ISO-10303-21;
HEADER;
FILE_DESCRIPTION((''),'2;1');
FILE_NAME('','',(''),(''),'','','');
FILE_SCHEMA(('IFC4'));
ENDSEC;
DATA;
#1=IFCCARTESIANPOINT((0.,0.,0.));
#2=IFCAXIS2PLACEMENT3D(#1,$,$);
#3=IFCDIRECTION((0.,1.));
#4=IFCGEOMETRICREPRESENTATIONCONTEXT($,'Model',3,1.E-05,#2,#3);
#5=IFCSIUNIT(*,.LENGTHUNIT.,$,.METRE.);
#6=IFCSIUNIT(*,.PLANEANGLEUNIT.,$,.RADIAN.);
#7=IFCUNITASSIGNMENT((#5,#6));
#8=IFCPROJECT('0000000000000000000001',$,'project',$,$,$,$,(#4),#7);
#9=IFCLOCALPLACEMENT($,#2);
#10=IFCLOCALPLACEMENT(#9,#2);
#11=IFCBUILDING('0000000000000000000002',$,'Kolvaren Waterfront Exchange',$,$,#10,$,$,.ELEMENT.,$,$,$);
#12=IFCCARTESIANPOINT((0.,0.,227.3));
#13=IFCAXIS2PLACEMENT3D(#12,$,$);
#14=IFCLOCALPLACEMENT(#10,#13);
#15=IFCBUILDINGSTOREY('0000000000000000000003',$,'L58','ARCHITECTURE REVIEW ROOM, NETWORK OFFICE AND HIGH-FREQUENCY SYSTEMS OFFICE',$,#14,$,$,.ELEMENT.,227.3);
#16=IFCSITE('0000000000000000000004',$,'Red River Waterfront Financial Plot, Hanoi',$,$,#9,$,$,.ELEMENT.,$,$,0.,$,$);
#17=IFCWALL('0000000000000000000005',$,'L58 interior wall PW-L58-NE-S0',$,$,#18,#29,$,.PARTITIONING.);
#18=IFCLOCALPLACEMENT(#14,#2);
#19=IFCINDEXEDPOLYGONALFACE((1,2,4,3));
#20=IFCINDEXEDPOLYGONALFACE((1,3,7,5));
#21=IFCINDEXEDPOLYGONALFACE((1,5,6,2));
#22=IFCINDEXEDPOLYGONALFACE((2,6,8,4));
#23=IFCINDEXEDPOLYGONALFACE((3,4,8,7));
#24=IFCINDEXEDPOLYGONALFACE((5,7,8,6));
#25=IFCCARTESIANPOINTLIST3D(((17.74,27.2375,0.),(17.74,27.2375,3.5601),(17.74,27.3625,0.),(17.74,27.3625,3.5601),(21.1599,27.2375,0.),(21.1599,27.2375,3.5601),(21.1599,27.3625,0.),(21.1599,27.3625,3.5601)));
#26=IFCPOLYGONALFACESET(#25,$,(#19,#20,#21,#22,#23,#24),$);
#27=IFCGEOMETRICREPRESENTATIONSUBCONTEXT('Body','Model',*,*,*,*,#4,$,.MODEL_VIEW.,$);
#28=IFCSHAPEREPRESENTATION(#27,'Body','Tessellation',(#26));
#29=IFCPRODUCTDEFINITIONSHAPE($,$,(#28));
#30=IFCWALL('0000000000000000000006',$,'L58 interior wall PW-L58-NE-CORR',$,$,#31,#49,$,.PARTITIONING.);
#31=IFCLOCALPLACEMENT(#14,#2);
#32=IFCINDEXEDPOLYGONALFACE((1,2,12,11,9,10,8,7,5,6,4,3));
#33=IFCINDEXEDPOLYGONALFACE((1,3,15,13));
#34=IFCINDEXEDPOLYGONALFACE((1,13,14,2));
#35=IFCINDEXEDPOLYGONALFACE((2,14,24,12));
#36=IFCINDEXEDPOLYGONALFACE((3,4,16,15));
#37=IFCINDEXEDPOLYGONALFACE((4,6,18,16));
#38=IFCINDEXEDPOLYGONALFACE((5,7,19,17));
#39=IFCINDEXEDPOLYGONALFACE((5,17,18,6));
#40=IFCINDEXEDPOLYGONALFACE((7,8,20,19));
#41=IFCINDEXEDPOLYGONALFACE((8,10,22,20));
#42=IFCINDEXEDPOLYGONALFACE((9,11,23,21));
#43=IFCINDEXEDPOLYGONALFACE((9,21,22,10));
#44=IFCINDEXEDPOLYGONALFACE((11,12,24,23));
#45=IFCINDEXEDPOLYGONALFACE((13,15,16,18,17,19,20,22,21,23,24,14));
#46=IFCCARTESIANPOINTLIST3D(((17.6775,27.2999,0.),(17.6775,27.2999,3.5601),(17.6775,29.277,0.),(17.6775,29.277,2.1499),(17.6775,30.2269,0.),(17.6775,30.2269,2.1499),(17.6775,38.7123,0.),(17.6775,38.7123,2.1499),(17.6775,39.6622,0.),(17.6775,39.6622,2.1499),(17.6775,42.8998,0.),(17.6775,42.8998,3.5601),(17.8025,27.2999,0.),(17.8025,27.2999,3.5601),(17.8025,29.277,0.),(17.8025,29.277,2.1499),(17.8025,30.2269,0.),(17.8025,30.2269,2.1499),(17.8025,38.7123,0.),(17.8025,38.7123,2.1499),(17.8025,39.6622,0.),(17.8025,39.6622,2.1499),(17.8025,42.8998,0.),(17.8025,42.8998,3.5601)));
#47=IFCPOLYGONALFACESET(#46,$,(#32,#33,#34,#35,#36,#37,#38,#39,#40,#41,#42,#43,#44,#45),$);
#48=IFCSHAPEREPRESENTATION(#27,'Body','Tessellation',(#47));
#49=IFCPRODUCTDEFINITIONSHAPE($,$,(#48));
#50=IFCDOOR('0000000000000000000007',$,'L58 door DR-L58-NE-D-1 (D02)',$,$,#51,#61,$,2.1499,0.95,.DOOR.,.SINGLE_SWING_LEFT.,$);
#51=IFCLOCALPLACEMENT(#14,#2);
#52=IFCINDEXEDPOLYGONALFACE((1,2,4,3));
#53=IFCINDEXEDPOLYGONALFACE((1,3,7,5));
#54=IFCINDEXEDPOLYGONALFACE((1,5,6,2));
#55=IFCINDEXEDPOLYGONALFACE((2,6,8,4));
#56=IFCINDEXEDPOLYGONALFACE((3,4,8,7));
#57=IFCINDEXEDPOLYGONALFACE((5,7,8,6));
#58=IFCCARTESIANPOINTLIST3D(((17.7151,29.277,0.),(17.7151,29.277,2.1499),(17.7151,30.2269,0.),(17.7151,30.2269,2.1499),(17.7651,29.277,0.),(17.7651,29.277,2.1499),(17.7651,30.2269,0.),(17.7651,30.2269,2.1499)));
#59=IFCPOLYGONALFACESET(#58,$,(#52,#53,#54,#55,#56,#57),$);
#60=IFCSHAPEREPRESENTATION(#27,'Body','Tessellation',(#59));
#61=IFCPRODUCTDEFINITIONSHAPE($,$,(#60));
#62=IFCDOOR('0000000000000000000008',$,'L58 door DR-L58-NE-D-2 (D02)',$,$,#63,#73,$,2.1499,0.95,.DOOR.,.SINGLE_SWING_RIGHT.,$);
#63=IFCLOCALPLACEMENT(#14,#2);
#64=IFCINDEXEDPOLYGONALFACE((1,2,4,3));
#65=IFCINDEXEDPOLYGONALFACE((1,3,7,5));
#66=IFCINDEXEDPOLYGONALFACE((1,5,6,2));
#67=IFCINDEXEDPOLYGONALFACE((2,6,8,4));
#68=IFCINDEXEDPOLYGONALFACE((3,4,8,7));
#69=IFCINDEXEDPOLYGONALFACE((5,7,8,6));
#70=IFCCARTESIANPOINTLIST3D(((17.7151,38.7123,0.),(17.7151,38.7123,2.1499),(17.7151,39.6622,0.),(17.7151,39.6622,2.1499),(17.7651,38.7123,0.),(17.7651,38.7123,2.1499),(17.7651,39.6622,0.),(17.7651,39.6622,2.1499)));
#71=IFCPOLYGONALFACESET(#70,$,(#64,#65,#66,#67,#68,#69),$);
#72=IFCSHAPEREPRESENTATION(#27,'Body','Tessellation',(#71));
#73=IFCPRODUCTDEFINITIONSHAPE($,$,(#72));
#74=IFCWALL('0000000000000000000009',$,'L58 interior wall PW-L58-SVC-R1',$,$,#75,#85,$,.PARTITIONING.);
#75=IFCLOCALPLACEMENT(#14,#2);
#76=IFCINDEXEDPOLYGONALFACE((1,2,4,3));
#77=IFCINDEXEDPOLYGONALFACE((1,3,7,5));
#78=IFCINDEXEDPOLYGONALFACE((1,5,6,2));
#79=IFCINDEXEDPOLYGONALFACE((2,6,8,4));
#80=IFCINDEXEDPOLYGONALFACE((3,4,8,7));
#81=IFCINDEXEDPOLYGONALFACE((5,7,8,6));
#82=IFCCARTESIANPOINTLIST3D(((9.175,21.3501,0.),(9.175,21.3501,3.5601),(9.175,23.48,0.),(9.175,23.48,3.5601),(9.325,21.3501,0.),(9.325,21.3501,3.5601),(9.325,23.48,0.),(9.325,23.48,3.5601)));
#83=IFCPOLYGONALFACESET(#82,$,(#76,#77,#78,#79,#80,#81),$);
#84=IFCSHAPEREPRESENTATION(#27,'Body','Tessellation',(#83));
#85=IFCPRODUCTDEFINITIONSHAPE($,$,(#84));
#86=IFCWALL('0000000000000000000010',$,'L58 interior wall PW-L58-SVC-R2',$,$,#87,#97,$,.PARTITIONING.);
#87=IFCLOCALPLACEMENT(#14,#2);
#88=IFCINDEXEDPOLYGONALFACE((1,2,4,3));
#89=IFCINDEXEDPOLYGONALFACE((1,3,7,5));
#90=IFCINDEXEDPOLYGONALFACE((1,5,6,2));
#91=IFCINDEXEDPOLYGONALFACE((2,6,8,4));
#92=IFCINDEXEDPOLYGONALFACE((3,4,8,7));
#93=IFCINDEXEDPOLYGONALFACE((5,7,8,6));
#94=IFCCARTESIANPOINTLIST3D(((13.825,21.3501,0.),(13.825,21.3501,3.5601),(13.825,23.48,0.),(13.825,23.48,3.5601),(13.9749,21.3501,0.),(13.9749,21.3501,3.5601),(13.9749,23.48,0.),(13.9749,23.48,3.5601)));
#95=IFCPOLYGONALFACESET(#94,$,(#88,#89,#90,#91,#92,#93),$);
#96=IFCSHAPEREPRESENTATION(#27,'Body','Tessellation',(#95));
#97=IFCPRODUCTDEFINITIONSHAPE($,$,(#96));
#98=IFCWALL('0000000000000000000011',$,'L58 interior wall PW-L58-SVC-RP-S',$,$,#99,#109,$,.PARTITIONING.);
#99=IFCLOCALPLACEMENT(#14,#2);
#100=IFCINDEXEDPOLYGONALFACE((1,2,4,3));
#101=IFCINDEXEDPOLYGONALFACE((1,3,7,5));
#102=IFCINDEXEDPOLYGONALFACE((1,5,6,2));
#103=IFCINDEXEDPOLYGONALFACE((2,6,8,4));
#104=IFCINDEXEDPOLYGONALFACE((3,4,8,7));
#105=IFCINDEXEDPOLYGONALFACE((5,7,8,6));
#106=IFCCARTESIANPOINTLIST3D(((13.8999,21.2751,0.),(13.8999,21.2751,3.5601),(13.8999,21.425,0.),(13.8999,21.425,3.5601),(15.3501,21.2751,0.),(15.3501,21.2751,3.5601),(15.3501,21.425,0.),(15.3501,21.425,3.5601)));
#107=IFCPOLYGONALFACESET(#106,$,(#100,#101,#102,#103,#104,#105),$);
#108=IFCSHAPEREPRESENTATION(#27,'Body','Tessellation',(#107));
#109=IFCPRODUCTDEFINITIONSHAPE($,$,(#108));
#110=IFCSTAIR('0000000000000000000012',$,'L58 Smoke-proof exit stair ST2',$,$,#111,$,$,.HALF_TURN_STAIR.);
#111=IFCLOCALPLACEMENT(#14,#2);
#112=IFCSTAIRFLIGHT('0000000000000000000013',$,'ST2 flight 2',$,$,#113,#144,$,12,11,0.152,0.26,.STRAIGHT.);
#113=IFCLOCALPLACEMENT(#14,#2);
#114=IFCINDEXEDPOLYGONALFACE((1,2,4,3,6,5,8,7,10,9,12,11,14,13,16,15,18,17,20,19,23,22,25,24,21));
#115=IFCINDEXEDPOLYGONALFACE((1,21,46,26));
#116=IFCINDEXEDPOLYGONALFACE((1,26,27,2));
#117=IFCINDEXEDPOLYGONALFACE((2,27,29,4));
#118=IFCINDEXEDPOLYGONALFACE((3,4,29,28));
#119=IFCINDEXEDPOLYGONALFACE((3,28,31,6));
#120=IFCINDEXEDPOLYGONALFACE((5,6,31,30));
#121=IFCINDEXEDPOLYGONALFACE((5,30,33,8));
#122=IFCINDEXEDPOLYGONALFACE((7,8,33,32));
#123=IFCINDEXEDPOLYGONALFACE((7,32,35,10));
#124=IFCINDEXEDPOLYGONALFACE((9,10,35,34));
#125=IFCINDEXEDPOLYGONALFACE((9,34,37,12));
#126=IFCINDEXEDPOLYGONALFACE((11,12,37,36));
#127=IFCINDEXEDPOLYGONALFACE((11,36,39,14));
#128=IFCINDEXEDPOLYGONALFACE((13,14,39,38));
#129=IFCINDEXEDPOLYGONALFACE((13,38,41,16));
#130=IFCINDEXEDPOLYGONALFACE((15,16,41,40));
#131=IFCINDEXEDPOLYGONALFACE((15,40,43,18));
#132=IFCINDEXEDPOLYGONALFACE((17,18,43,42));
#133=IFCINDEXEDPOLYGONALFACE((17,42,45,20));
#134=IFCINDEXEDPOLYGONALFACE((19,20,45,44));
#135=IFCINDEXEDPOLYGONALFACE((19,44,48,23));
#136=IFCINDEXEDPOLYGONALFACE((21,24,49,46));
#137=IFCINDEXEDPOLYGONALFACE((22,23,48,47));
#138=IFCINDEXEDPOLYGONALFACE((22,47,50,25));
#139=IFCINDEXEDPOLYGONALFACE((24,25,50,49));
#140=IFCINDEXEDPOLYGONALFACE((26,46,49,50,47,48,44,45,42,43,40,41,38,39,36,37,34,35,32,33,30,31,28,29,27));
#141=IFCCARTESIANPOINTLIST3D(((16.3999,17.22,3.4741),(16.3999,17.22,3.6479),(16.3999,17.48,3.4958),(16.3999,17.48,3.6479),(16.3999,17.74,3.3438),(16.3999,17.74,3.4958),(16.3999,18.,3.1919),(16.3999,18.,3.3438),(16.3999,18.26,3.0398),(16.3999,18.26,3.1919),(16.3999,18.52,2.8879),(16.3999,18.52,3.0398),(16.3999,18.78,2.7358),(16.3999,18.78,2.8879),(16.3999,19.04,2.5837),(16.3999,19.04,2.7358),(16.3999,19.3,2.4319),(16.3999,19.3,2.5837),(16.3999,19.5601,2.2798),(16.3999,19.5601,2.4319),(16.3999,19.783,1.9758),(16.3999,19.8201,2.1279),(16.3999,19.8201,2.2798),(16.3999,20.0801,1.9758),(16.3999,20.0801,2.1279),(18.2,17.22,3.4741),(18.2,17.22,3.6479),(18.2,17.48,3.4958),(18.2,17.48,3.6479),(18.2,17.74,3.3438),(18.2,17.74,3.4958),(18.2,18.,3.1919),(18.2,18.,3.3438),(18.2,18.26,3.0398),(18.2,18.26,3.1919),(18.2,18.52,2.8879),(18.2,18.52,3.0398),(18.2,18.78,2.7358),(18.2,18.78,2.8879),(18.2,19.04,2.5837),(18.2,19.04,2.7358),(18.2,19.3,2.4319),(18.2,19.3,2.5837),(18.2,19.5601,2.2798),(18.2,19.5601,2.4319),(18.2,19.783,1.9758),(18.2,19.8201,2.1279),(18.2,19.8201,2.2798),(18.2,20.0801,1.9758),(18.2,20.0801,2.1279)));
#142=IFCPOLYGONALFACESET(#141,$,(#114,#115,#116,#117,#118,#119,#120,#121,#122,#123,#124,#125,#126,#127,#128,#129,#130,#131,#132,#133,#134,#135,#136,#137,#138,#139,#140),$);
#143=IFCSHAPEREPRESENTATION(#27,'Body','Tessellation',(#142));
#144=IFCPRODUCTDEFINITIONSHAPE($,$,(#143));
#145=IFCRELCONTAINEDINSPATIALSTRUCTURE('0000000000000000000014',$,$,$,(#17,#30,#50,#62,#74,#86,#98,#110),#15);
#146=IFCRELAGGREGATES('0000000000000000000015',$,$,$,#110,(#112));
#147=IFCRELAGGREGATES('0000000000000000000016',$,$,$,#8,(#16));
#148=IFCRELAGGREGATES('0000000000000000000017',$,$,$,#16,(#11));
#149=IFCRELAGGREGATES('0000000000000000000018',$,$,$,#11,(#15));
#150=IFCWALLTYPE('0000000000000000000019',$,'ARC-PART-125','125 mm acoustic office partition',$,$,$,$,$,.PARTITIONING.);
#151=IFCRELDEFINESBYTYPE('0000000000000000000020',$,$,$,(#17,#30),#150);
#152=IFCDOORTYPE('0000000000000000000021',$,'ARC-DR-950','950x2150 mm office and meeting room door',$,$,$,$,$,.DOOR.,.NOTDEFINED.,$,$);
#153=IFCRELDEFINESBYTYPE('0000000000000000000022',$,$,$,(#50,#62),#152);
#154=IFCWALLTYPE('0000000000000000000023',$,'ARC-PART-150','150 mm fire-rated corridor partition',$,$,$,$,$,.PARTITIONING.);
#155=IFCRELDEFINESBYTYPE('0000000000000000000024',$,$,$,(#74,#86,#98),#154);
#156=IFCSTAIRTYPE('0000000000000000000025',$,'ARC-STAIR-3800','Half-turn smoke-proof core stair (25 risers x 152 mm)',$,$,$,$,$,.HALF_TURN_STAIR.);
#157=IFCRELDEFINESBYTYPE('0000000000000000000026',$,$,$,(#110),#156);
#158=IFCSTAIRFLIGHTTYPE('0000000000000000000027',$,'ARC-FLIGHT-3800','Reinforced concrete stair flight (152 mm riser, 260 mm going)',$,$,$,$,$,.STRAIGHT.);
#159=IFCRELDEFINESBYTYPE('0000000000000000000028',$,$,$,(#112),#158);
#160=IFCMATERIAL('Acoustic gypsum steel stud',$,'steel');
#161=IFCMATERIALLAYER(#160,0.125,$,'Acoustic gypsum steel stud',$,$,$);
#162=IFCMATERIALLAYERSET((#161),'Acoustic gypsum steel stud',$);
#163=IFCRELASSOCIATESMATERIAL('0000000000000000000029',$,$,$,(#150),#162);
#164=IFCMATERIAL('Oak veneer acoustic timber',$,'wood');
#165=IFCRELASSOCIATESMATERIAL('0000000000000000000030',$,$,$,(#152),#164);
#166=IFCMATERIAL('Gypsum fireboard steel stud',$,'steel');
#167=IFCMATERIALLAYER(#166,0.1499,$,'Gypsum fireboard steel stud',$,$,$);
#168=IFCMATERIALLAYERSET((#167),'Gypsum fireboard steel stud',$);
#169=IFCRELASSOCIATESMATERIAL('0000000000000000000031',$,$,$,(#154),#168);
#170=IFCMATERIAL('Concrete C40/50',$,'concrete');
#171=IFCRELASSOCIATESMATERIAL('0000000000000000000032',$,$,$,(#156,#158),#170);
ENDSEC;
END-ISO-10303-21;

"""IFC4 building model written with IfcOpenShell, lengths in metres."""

from ifc_helpers import new_model, si_unit, direction, frame, frame_2d, origin, place, context, subcontext, project, spatial, polyline, rectangle, outline, extrude, material, layer, layer_set, type_object, element, fill, aggregate, save


model = new_model("IFC4")

# Units and contexts
model_context = context("Model", 3, precision=1e-05, world=origin(), true_north=direction((0.0, 1.0)))
body_context = subcontext(model_context, "Body", "Model", "MODEL_VIEW")
ifc_project = project(units=[si_unit("LENGTHUNIT", "METRE"), si_unit("PLANEANGLEUNIT", "RADIAN")], contexts=[model_context])

# Site, building, storey
site_placement = place(None, origin())
site = spatial("IfcSite", under=ifc_project, at=site_placement, Name="Red River Waterfront Financial Plot, Hanoi", CompositionType="ELEMENT", RefElevation=0.0)
building_placement = place(site_placement, origin())
building = spatial("IfcBuilding", under=site, at=building_placement, Name="Kolvaren Waterfront Exchange", CompositionType="ELEMENT")
storey_placement = place(building_placement, frame((0.0, 0.0, 227.3)))
storey = spatial("IfcBuildingStorey", under=building, at=storey_placement, Name="L58", Description="ARCHITECTURE REVIEW ROOM, NETWORK OFFICE AND HIGH-FREQUENCY SYSTEMS OFFICE", CompositionType="ELEMENT", Elevation=227.3)

# Shared definitions
ifc_material_1 = material(Name="Acoustic gypsum steel stud", Category="steel")
ifc_layer_1 = layer(ifc_material_1, 0.125, Name="Acoustic gypsum steel stud")
ifc_layer_set_1 = layer_set([ifc_layer_1], Name="Acoustic gypsum steel stud")
wall_type_1 = type_object("IfcWallType", Name="ARC-PART-125", Description="125 mm acoustic office partition", PredefinedType="PARTITIONING", material=ifc_layer_set_1)

# Shared definitions
ifc_material_2 = material(Name="Oak veneer acoustic timber", Category="wood")
door_type_1 = type_object("IfcDoorType", Name="ARC-DR-950", Description="950x2150 mm office and meeting room door", OperationType="NOTDEFINED", PredefinedType="DOOR", material=ifc_material_2)

# Wall
wall_1_placement = place(storey_placement, frame((17.74, 27.3, 0.0), z_axis=(0.0, 0.0, 1.0), x_axis=(1.0, 0.0, 0.0)))
element("IfcWall", 1, at=wall_1_placement, inside=storey, type_object=wall_type_1, Name="L58 interior wall PW-L58-NE-S0", PredefinedType="PARTITIONING", context=body_context, shape_type="SweptSolid", body=[
    extrude(rectangle(XDim=3.4199, YDim=0.125, at=frame_2d((1.71, 0.0))), origin(), (0.0, 0.0, 1.0), 3.5601),
])

# Wall, openings, doors
wall_2_placement = place(storey_placement, frame((17.74, 27.3, 0.0), z_axis=(0.0, 0.0, 1.0), x_axis=(0.0, 1.0, 0.0)))
wall_2 = element("IfcWall", 2, at=wall_2_placement, inside=storey, type_object=wall_type_1, Name="L58 interior wall PW-L58-NE-CORR", PredefinedType="PARTITIONING", context=body_context, shape_type="SweptSolid", body=[
    extrude(rectangle(XDim=15.5999, YDim=0.125, at=frame_2d((7.7998, 0.0))), origin(), (0.0, 0.0, 1.0), 3.5601),
])
opening_1_placement = place(wall_2_placement, frame((1.9768, 0.0, 0.0)))
opening_1 = element("IfcOpeningElement", 3, at=opening_1_placement, cuts=wall_2, PredefinedType="OPENING", context=body_context, shape_type="SweptSolid", body=[
    extrude(rectangle(XDim=0.95, YDim=2.1499, at=frame_2d((0.4751, 1.075))), frame((0.0, 0.0725, 0.0), z_axis=(0.0, -1.0, 0.0), x_axis=(1.0, 0.0, 0.0)), (0.0, 0.0, 1.0), 0.145),
])
opening_2_placement = place(wall_2_placement, frame((11.4121, 0.0, 0.0)))
opening_2 = element("IfcOpeningElement", 4, at=opening_2_placement, cuts=wall_2, PredefinedType="OPENING", context=body_context, shape_type="SweptSolid", body=[
    extrude(rectangle(XDim=0.95, YDim=2.1499, at=frame_2d((0.4751, 1.075))), frame((0.0, 0.0725, 0.0), z_axis=(0.0, -1.0, 0.0), x_axis=(1.0, 0.0, 0.0)), (0.0, 0.0, 1.0), 0.145),
])
door_1_placement = place(opening_1_placement, origin())
door_1 = element("IfcDoor", 5, at=door_1_placement, inside=storey, type_object=door_type_1, Name="L58 door DR-L58-NE-D-1 (D02)", OperationType="SINGLE_SWING_LEFT", OverallHeight=2.1499, OverallWidth=0.95, PredefinedType="DOOR", context=body_context, shape_type="SweptSolid", body=[
    extrude(rectangle(XDim=0.95, YDim=2.1499, at=frame_2d((0.4751, 1.075))), frame((0.0, 0.0249, 0.0), z_axis=(0.0, -1.0, 0.0), x_axis=(1.0, 0.0, 0.0)), (0.0, 0.0, 1.0), 0.05),
])
fill(opening_1, door_1)
door_2_placement = place(opening_2_placement, origin())
door_2 = element("IfcDoor", 6, at=door_2_placement, inside=storey, type_object=door_type_1, Name="L58 door DR-L58-NE-D-2 (D02)", OperationType="SINGLE_SWING_RIGHT", OverallHeight=2.1499, OverallWidth=0.95, PredefinedType="DOOR", context=body_context, shape_type="SweptSolid", body=[
    extrude(rectangle(XDim=0.95, YDim=2.1499, at=frame_2d((0.4751, 1.075))), frame((0.0, 0.0249, 0.0), z_axis=(0.0, -1.0, 0.0), x_axis=(1.0, 0.0, 0.0)), (0.0, 0.0, 1.0), 0.05),
])
fill(opening_2, door_2)

# Walls
ifc_material_3 = material(Name="Gypsum fireboard steel stud", Category="steel")
ifc_layer_2 = layer(ifc_material_3, 0.1499, Name="Gypsum fireboard steel stud")
ifc_layer_set_2 = layer_set([ifc_layer_2], Name="Gypsum fireboard steel stud")
wall_type_2 = type_object("IfcWallType", Name="ARC-PART-150", Description="150 mm fire-rated corridor partition", PredefinedType="PARTITIONING", material=ifc_layer_set_2)
for number, where, z_axis, x_axis, name in (
    (7, (9.25, 21.3501, 0.0), (0.0, 0.0, 1.0), (0.0, 1.0, 0.0), "L58 interior wall PW-L58-SVC-R1"),
    (8, (13.8999, 21.3501, 0.0), (0.0, 0.0, 1.0), (0.0, 1.0, 0.0), "L58 interior wall PW-L58-SVC-R2"),
):
    element("IfcWall", number, at=place(storey_placement, frame(where, z_axis=z_axis, x_axis=x_axis)), inside=storey, type_object=wall_type_2, Name=name, PredefinedType="PARTITIONING", context=body_context, shape_type="SweptSolid", body=[
        extrude(rectangle(XDim=2.1299, YDim=0.1499, at=frame_2d((1.0649, 0.0))), origin(), (0.0, 0.0, 1.0), 3.5601),
    ])
wall_3_placement = place(storey_placement, frame((13.8999, 21.3501, 0.0), z_axis=(0.0, 0.0, 1.0), x_axis=(1.0, 0.0, 0.0)))
element("IfcWall", 9, at=wall_3_placement, inside=storey, type_object=wall_type_2, Name="L58 interior wall PW-L58-SVC-RP-S", PredefinedType="PARTITIONING", context=body_context, shape_type="SweptSolid", body=[
    extrude(rectangle(XDim=1.4502, YDim=0.1499, at=frame_2d((0.7251, 0.0))), origin(), (0.0, 0.0, 1.0), 3.5601),
])

# Stair, stair flight
ifc_material_4 = material(Name="Concrete C40/50", Category="concrete")
stair_type = type_object("IfcStairType", Name="ARC-STAIR-3800", Description="Half-turn smoke-proof core stair (25 risers x 152 mm)", PredefinedType="HALF_TURN_STAIR", material=ifc_material_4)
stair_placement = place(storey_placement, origin())
stair = element("IfcStair", 10, at=stair_placement, inside=storey, type_object=stair_type, Name="L58 Smoke-proof exit stair ST2", PredefinedType="HALF_TURN_STAIR")
stair_flight_type = type_object("IfcStairFlightType", Name="ARC-FLIGHT-3800", Description="Reinforced concrete stair flight (152 mm riser, 260 mm going)", PredefinedType="STRAIGHT", material=ifc_material_4)
stair_flight_placement = place(storey_placement, frame((17.3, 20.0801, 1.9758), z_axis=(0.0, 0.0, 1.0), x_axis=(0.0, -1.0, 0.0)))
stair_flight = element("IfcStairFlight", 11, at=stair_flight_placement, type_object=stair_flight_type, Name="ST2 flight 2", NumberOfRisers=12, NumberOfTreads=11, PredefinedType="STRAIGHT", RiserHeight=0.152, TreadLength=0.26, context=body_context, shape_type="SweptSolid", body=[
    extrude(outline(polyline([(0.0, 0.0), (0.0, 0.1521), (0.26, 0.1521), (0.26, 0.304), (0.52, 0.304), (0.52, 0.4561), (0.78, 0.4561), (0.78, 0.6079), (1.04, 0.6079), (1.04, 0.76), (1.3, 0.76), (1.3, 0.9121), (1.5601, 0.9121), (1.5601, 1.064), (1.8201, 1.064), (1.8201, 1.2161), (2.0801, 1.2161), (2.0801, 1.3679), (2.3401, 1.3679), (2.3401, 1.52), (2.6001, 1.52), (2.6001, 1.6721), (2.8601, 1.6721), (2.8601, 1.824), (2.8601, 1.4983), (0.2971, 0.0), (0.0, 0.0)])), frame((0.0, 0.8999, 0.0), z_axis=(0.0, -1.0, 0.0), x_axis=(1.0, 0.0, 0.0)), (0.0, 0.0, 1.0), 1.8),
])
aggregate(stair, [stair_flight])

save(model, "model.ifc")
